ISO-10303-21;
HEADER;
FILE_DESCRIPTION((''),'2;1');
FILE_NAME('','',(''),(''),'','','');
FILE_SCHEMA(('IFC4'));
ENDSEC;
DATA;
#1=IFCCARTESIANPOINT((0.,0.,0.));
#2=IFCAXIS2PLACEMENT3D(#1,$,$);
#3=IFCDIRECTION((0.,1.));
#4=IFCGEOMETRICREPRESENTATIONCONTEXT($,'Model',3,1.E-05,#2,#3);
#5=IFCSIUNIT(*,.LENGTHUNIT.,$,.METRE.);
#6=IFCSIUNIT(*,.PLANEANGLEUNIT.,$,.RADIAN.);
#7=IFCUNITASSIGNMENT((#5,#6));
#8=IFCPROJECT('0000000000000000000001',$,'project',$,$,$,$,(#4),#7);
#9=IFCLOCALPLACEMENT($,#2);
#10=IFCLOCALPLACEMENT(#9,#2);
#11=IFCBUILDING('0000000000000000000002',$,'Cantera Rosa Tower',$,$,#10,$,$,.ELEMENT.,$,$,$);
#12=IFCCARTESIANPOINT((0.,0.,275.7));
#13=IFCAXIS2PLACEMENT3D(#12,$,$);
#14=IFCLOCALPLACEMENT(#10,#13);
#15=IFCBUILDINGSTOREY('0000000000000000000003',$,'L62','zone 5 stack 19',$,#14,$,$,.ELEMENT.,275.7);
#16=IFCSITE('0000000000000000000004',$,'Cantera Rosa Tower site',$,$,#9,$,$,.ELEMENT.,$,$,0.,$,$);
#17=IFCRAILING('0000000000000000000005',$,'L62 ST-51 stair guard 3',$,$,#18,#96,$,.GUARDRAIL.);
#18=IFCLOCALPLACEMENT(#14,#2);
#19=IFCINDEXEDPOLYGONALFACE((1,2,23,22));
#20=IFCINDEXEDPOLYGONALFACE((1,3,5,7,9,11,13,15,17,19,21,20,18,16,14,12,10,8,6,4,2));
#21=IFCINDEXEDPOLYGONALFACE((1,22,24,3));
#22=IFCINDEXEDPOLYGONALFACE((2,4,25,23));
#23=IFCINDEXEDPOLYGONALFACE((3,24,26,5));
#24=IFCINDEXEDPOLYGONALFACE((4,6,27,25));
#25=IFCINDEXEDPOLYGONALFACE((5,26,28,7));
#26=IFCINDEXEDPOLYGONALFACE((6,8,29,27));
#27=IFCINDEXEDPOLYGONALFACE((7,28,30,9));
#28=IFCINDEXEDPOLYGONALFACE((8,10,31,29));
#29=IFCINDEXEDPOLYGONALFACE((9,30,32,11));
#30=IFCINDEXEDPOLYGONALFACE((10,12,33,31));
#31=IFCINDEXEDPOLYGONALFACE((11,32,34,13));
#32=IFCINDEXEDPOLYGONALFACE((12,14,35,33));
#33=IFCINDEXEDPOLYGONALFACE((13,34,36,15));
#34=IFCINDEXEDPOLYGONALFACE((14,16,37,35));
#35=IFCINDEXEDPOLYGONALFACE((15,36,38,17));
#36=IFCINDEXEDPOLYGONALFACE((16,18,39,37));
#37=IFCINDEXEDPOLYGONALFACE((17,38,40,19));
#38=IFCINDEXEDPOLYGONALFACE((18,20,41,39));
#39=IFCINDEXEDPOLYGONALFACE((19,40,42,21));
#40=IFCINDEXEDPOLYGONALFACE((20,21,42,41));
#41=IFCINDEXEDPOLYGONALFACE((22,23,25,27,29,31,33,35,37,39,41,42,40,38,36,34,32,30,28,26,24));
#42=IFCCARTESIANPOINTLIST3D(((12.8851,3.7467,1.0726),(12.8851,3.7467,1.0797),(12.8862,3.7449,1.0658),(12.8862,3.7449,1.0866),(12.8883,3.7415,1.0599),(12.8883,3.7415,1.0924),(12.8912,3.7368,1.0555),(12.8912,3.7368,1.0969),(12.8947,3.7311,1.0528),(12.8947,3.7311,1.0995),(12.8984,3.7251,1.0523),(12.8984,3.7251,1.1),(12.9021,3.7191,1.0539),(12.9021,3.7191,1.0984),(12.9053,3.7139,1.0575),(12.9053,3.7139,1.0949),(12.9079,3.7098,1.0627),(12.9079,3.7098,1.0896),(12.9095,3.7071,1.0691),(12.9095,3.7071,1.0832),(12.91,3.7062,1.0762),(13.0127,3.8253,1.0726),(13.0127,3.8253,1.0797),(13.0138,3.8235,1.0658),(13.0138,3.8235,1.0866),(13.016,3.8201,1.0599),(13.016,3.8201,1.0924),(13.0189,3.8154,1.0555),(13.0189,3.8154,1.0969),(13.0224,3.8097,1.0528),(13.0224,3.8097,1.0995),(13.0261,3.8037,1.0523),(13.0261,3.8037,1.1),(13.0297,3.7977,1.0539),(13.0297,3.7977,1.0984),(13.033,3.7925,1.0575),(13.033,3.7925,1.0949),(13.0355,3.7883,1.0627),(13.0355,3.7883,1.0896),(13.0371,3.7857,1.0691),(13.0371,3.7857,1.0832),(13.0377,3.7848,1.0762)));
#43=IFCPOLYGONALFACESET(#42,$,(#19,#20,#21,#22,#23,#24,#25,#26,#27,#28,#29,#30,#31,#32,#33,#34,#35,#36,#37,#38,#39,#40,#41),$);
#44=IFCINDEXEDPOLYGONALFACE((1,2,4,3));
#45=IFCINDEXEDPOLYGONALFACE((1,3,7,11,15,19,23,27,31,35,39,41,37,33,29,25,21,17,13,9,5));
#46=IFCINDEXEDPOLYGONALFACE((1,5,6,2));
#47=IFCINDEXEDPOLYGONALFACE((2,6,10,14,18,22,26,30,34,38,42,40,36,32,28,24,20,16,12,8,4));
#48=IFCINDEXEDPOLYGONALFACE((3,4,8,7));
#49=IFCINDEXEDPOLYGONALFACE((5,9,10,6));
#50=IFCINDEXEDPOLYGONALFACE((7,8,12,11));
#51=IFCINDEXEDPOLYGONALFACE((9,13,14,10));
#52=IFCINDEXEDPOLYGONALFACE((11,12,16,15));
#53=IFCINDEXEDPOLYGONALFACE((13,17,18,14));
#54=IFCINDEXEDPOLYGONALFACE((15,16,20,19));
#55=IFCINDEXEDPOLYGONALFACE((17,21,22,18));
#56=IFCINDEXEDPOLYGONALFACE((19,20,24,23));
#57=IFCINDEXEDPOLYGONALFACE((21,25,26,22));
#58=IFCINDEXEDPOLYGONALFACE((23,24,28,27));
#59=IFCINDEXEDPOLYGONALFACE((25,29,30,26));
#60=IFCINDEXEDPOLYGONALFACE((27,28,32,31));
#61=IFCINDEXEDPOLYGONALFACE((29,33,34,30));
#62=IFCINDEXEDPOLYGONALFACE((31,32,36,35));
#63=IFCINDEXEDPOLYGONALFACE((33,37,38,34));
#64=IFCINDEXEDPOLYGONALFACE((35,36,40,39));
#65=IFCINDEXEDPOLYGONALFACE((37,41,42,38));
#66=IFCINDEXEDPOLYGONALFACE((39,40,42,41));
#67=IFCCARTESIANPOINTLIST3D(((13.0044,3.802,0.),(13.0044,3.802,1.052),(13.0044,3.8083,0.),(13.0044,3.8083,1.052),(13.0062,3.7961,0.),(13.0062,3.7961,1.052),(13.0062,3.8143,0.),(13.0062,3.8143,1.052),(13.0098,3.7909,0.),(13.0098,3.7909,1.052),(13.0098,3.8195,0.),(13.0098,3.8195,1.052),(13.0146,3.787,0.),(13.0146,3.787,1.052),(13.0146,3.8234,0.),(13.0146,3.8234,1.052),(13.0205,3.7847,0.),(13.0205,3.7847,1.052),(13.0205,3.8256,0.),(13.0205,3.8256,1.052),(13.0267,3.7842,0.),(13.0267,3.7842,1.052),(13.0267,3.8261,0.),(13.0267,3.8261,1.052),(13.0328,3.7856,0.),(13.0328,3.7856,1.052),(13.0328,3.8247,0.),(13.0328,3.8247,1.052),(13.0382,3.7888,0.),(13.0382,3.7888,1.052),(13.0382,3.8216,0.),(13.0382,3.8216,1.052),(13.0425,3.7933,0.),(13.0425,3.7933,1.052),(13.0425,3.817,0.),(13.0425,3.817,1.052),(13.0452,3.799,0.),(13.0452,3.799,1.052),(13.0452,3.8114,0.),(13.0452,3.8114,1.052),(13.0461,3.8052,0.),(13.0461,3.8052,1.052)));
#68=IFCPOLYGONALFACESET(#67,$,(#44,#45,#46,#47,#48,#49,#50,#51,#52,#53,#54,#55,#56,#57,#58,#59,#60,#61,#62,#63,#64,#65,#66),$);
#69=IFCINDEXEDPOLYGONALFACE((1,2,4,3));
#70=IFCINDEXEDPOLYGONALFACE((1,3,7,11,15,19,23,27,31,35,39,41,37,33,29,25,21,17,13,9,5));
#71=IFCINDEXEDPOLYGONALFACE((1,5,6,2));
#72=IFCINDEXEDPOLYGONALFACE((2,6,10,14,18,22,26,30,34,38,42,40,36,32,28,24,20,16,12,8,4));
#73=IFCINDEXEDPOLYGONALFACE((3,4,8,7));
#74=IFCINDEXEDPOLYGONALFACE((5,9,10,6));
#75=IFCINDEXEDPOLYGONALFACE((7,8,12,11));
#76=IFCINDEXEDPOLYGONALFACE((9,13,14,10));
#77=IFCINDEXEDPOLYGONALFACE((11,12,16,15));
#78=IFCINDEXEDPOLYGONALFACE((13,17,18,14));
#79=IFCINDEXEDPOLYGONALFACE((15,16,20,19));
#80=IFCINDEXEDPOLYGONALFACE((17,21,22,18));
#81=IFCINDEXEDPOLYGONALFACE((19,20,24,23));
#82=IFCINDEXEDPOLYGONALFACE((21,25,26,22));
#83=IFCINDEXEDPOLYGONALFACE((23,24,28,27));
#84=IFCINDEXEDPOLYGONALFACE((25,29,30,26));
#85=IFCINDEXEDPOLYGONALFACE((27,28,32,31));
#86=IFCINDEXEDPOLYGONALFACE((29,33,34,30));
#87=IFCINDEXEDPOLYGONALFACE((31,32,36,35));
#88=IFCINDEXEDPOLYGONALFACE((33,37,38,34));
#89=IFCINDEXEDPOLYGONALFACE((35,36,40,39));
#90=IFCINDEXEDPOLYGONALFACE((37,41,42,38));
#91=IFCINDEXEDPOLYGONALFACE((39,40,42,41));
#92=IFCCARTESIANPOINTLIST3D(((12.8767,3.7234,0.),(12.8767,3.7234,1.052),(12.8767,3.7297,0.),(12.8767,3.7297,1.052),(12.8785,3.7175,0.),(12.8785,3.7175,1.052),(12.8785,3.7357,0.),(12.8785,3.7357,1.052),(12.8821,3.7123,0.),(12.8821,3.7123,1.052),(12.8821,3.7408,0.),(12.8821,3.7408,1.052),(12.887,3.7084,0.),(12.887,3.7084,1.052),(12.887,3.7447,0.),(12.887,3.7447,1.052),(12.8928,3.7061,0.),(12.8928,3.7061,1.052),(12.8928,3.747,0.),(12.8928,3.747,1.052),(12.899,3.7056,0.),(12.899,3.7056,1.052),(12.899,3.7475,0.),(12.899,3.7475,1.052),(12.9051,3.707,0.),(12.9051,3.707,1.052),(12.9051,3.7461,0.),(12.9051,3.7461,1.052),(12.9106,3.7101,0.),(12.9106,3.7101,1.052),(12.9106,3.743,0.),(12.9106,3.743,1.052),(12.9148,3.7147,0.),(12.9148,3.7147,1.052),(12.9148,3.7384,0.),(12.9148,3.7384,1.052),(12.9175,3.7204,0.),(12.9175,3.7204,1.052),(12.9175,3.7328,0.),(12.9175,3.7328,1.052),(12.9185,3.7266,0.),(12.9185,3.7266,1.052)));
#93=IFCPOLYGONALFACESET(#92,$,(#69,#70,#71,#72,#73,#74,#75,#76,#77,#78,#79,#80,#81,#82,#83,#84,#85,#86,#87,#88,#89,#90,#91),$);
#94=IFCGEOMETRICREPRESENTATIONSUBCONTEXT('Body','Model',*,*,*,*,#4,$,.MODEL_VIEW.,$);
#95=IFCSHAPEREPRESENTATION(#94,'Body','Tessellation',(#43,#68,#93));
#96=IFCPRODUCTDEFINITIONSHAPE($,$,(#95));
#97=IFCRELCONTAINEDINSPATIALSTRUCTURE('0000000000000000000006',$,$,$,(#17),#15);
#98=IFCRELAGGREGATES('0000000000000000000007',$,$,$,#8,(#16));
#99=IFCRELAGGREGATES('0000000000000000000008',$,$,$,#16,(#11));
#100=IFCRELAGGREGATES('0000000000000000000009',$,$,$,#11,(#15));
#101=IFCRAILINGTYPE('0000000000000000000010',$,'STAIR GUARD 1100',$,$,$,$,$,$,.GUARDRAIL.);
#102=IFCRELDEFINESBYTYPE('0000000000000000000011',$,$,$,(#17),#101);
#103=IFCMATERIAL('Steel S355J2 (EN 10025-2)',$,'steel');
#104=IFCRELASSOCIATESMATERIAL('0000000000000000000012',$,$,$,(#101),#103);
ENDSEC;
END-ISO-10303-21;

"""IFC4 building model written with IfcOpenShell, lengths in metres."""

from ifc_helpers import new_model, si_unit, direction, frame, origin, origin_2d, place, context, subcontext, project, spatial, circle, extrude, material, type_object, element, save


model = new_model("IFC4")

# Units and contexts
model_context = context("Model", 3, precision=1e-05, world=origin(), true_north=direction((0.0, 1.0)))
body_context = subcontext(model_context, "Body", "Model", "MODEL_VIEW")
ifc_project = project(units=[si_unit("LENGTHUNIT", "METRE"), si_unit("PLANEANGLEUNIT", "RADIAN")], contexts=[model_context])

# Site, building, storey
site_placement = place(None, origin())
site = spatial("IfcSite", under=ifc_project, at=site_placement, Name="Cantera Rosa Tower site", CompositionType="ELEMENT", RefElevation=0.0)
building_placement = place(site_placement, origin())
building = spatial("IfcBuilding", under=site, at=building_placement, Name="Cantera Rosa Tower", CompositionType="ELEMENT")
storey_placement = place(building_placement, frame((0.0, 0.0, 275.7)))
storey = spatial("IfcBuildingStorey", under=building, at=storey_placement, Name="L62", Description="zone 5 stack 19", CompositionType="ELEMENT", Elevation=275.7)

# Railing
ifc_material_1 = material(Name="Steel S355J2 (EN 10025-2)", Category="steel")
railing_type_1 = type_object("IfcRailingType", Name="STAIR GUARD 1100", PredefinedType="GUARDRAIL", material=ifc_material_1)
railing_1_placement = place(storey_placement, frame((13.0251, 3.8052, 0.0)))
element("IfcRailing", 1, at=railing_1_placement, inside=storey, type_object=railing_type_1, Name="L62 ST-51 stair guard 3", PredefinedType="GUARDRAIL", context=body_context, shape_type="SweptSolid", body=[
    extrude(circle(Radius=0.0239, at=origin_2d()), frame((0.0, 0.0, 1.0762), z_axis=(-0.851546, -0.524279, 0.0), x_axis=(0.524279, -0.851546, 0.0)), (0.0, 0.0, 1.0), 0.1499),
    extrude(circle(Radius=0.021, at=origin_2d()), origin(), (0.0, 0.0, 1.0), 1.052),
    extrude(circle(Radius=0.021, at=origin_2d()), frame((-0.1277, -0.0786, 0.0)), (0.0, 0.0, 1.0), 1.052),
])

save(model, "model.ifc")
